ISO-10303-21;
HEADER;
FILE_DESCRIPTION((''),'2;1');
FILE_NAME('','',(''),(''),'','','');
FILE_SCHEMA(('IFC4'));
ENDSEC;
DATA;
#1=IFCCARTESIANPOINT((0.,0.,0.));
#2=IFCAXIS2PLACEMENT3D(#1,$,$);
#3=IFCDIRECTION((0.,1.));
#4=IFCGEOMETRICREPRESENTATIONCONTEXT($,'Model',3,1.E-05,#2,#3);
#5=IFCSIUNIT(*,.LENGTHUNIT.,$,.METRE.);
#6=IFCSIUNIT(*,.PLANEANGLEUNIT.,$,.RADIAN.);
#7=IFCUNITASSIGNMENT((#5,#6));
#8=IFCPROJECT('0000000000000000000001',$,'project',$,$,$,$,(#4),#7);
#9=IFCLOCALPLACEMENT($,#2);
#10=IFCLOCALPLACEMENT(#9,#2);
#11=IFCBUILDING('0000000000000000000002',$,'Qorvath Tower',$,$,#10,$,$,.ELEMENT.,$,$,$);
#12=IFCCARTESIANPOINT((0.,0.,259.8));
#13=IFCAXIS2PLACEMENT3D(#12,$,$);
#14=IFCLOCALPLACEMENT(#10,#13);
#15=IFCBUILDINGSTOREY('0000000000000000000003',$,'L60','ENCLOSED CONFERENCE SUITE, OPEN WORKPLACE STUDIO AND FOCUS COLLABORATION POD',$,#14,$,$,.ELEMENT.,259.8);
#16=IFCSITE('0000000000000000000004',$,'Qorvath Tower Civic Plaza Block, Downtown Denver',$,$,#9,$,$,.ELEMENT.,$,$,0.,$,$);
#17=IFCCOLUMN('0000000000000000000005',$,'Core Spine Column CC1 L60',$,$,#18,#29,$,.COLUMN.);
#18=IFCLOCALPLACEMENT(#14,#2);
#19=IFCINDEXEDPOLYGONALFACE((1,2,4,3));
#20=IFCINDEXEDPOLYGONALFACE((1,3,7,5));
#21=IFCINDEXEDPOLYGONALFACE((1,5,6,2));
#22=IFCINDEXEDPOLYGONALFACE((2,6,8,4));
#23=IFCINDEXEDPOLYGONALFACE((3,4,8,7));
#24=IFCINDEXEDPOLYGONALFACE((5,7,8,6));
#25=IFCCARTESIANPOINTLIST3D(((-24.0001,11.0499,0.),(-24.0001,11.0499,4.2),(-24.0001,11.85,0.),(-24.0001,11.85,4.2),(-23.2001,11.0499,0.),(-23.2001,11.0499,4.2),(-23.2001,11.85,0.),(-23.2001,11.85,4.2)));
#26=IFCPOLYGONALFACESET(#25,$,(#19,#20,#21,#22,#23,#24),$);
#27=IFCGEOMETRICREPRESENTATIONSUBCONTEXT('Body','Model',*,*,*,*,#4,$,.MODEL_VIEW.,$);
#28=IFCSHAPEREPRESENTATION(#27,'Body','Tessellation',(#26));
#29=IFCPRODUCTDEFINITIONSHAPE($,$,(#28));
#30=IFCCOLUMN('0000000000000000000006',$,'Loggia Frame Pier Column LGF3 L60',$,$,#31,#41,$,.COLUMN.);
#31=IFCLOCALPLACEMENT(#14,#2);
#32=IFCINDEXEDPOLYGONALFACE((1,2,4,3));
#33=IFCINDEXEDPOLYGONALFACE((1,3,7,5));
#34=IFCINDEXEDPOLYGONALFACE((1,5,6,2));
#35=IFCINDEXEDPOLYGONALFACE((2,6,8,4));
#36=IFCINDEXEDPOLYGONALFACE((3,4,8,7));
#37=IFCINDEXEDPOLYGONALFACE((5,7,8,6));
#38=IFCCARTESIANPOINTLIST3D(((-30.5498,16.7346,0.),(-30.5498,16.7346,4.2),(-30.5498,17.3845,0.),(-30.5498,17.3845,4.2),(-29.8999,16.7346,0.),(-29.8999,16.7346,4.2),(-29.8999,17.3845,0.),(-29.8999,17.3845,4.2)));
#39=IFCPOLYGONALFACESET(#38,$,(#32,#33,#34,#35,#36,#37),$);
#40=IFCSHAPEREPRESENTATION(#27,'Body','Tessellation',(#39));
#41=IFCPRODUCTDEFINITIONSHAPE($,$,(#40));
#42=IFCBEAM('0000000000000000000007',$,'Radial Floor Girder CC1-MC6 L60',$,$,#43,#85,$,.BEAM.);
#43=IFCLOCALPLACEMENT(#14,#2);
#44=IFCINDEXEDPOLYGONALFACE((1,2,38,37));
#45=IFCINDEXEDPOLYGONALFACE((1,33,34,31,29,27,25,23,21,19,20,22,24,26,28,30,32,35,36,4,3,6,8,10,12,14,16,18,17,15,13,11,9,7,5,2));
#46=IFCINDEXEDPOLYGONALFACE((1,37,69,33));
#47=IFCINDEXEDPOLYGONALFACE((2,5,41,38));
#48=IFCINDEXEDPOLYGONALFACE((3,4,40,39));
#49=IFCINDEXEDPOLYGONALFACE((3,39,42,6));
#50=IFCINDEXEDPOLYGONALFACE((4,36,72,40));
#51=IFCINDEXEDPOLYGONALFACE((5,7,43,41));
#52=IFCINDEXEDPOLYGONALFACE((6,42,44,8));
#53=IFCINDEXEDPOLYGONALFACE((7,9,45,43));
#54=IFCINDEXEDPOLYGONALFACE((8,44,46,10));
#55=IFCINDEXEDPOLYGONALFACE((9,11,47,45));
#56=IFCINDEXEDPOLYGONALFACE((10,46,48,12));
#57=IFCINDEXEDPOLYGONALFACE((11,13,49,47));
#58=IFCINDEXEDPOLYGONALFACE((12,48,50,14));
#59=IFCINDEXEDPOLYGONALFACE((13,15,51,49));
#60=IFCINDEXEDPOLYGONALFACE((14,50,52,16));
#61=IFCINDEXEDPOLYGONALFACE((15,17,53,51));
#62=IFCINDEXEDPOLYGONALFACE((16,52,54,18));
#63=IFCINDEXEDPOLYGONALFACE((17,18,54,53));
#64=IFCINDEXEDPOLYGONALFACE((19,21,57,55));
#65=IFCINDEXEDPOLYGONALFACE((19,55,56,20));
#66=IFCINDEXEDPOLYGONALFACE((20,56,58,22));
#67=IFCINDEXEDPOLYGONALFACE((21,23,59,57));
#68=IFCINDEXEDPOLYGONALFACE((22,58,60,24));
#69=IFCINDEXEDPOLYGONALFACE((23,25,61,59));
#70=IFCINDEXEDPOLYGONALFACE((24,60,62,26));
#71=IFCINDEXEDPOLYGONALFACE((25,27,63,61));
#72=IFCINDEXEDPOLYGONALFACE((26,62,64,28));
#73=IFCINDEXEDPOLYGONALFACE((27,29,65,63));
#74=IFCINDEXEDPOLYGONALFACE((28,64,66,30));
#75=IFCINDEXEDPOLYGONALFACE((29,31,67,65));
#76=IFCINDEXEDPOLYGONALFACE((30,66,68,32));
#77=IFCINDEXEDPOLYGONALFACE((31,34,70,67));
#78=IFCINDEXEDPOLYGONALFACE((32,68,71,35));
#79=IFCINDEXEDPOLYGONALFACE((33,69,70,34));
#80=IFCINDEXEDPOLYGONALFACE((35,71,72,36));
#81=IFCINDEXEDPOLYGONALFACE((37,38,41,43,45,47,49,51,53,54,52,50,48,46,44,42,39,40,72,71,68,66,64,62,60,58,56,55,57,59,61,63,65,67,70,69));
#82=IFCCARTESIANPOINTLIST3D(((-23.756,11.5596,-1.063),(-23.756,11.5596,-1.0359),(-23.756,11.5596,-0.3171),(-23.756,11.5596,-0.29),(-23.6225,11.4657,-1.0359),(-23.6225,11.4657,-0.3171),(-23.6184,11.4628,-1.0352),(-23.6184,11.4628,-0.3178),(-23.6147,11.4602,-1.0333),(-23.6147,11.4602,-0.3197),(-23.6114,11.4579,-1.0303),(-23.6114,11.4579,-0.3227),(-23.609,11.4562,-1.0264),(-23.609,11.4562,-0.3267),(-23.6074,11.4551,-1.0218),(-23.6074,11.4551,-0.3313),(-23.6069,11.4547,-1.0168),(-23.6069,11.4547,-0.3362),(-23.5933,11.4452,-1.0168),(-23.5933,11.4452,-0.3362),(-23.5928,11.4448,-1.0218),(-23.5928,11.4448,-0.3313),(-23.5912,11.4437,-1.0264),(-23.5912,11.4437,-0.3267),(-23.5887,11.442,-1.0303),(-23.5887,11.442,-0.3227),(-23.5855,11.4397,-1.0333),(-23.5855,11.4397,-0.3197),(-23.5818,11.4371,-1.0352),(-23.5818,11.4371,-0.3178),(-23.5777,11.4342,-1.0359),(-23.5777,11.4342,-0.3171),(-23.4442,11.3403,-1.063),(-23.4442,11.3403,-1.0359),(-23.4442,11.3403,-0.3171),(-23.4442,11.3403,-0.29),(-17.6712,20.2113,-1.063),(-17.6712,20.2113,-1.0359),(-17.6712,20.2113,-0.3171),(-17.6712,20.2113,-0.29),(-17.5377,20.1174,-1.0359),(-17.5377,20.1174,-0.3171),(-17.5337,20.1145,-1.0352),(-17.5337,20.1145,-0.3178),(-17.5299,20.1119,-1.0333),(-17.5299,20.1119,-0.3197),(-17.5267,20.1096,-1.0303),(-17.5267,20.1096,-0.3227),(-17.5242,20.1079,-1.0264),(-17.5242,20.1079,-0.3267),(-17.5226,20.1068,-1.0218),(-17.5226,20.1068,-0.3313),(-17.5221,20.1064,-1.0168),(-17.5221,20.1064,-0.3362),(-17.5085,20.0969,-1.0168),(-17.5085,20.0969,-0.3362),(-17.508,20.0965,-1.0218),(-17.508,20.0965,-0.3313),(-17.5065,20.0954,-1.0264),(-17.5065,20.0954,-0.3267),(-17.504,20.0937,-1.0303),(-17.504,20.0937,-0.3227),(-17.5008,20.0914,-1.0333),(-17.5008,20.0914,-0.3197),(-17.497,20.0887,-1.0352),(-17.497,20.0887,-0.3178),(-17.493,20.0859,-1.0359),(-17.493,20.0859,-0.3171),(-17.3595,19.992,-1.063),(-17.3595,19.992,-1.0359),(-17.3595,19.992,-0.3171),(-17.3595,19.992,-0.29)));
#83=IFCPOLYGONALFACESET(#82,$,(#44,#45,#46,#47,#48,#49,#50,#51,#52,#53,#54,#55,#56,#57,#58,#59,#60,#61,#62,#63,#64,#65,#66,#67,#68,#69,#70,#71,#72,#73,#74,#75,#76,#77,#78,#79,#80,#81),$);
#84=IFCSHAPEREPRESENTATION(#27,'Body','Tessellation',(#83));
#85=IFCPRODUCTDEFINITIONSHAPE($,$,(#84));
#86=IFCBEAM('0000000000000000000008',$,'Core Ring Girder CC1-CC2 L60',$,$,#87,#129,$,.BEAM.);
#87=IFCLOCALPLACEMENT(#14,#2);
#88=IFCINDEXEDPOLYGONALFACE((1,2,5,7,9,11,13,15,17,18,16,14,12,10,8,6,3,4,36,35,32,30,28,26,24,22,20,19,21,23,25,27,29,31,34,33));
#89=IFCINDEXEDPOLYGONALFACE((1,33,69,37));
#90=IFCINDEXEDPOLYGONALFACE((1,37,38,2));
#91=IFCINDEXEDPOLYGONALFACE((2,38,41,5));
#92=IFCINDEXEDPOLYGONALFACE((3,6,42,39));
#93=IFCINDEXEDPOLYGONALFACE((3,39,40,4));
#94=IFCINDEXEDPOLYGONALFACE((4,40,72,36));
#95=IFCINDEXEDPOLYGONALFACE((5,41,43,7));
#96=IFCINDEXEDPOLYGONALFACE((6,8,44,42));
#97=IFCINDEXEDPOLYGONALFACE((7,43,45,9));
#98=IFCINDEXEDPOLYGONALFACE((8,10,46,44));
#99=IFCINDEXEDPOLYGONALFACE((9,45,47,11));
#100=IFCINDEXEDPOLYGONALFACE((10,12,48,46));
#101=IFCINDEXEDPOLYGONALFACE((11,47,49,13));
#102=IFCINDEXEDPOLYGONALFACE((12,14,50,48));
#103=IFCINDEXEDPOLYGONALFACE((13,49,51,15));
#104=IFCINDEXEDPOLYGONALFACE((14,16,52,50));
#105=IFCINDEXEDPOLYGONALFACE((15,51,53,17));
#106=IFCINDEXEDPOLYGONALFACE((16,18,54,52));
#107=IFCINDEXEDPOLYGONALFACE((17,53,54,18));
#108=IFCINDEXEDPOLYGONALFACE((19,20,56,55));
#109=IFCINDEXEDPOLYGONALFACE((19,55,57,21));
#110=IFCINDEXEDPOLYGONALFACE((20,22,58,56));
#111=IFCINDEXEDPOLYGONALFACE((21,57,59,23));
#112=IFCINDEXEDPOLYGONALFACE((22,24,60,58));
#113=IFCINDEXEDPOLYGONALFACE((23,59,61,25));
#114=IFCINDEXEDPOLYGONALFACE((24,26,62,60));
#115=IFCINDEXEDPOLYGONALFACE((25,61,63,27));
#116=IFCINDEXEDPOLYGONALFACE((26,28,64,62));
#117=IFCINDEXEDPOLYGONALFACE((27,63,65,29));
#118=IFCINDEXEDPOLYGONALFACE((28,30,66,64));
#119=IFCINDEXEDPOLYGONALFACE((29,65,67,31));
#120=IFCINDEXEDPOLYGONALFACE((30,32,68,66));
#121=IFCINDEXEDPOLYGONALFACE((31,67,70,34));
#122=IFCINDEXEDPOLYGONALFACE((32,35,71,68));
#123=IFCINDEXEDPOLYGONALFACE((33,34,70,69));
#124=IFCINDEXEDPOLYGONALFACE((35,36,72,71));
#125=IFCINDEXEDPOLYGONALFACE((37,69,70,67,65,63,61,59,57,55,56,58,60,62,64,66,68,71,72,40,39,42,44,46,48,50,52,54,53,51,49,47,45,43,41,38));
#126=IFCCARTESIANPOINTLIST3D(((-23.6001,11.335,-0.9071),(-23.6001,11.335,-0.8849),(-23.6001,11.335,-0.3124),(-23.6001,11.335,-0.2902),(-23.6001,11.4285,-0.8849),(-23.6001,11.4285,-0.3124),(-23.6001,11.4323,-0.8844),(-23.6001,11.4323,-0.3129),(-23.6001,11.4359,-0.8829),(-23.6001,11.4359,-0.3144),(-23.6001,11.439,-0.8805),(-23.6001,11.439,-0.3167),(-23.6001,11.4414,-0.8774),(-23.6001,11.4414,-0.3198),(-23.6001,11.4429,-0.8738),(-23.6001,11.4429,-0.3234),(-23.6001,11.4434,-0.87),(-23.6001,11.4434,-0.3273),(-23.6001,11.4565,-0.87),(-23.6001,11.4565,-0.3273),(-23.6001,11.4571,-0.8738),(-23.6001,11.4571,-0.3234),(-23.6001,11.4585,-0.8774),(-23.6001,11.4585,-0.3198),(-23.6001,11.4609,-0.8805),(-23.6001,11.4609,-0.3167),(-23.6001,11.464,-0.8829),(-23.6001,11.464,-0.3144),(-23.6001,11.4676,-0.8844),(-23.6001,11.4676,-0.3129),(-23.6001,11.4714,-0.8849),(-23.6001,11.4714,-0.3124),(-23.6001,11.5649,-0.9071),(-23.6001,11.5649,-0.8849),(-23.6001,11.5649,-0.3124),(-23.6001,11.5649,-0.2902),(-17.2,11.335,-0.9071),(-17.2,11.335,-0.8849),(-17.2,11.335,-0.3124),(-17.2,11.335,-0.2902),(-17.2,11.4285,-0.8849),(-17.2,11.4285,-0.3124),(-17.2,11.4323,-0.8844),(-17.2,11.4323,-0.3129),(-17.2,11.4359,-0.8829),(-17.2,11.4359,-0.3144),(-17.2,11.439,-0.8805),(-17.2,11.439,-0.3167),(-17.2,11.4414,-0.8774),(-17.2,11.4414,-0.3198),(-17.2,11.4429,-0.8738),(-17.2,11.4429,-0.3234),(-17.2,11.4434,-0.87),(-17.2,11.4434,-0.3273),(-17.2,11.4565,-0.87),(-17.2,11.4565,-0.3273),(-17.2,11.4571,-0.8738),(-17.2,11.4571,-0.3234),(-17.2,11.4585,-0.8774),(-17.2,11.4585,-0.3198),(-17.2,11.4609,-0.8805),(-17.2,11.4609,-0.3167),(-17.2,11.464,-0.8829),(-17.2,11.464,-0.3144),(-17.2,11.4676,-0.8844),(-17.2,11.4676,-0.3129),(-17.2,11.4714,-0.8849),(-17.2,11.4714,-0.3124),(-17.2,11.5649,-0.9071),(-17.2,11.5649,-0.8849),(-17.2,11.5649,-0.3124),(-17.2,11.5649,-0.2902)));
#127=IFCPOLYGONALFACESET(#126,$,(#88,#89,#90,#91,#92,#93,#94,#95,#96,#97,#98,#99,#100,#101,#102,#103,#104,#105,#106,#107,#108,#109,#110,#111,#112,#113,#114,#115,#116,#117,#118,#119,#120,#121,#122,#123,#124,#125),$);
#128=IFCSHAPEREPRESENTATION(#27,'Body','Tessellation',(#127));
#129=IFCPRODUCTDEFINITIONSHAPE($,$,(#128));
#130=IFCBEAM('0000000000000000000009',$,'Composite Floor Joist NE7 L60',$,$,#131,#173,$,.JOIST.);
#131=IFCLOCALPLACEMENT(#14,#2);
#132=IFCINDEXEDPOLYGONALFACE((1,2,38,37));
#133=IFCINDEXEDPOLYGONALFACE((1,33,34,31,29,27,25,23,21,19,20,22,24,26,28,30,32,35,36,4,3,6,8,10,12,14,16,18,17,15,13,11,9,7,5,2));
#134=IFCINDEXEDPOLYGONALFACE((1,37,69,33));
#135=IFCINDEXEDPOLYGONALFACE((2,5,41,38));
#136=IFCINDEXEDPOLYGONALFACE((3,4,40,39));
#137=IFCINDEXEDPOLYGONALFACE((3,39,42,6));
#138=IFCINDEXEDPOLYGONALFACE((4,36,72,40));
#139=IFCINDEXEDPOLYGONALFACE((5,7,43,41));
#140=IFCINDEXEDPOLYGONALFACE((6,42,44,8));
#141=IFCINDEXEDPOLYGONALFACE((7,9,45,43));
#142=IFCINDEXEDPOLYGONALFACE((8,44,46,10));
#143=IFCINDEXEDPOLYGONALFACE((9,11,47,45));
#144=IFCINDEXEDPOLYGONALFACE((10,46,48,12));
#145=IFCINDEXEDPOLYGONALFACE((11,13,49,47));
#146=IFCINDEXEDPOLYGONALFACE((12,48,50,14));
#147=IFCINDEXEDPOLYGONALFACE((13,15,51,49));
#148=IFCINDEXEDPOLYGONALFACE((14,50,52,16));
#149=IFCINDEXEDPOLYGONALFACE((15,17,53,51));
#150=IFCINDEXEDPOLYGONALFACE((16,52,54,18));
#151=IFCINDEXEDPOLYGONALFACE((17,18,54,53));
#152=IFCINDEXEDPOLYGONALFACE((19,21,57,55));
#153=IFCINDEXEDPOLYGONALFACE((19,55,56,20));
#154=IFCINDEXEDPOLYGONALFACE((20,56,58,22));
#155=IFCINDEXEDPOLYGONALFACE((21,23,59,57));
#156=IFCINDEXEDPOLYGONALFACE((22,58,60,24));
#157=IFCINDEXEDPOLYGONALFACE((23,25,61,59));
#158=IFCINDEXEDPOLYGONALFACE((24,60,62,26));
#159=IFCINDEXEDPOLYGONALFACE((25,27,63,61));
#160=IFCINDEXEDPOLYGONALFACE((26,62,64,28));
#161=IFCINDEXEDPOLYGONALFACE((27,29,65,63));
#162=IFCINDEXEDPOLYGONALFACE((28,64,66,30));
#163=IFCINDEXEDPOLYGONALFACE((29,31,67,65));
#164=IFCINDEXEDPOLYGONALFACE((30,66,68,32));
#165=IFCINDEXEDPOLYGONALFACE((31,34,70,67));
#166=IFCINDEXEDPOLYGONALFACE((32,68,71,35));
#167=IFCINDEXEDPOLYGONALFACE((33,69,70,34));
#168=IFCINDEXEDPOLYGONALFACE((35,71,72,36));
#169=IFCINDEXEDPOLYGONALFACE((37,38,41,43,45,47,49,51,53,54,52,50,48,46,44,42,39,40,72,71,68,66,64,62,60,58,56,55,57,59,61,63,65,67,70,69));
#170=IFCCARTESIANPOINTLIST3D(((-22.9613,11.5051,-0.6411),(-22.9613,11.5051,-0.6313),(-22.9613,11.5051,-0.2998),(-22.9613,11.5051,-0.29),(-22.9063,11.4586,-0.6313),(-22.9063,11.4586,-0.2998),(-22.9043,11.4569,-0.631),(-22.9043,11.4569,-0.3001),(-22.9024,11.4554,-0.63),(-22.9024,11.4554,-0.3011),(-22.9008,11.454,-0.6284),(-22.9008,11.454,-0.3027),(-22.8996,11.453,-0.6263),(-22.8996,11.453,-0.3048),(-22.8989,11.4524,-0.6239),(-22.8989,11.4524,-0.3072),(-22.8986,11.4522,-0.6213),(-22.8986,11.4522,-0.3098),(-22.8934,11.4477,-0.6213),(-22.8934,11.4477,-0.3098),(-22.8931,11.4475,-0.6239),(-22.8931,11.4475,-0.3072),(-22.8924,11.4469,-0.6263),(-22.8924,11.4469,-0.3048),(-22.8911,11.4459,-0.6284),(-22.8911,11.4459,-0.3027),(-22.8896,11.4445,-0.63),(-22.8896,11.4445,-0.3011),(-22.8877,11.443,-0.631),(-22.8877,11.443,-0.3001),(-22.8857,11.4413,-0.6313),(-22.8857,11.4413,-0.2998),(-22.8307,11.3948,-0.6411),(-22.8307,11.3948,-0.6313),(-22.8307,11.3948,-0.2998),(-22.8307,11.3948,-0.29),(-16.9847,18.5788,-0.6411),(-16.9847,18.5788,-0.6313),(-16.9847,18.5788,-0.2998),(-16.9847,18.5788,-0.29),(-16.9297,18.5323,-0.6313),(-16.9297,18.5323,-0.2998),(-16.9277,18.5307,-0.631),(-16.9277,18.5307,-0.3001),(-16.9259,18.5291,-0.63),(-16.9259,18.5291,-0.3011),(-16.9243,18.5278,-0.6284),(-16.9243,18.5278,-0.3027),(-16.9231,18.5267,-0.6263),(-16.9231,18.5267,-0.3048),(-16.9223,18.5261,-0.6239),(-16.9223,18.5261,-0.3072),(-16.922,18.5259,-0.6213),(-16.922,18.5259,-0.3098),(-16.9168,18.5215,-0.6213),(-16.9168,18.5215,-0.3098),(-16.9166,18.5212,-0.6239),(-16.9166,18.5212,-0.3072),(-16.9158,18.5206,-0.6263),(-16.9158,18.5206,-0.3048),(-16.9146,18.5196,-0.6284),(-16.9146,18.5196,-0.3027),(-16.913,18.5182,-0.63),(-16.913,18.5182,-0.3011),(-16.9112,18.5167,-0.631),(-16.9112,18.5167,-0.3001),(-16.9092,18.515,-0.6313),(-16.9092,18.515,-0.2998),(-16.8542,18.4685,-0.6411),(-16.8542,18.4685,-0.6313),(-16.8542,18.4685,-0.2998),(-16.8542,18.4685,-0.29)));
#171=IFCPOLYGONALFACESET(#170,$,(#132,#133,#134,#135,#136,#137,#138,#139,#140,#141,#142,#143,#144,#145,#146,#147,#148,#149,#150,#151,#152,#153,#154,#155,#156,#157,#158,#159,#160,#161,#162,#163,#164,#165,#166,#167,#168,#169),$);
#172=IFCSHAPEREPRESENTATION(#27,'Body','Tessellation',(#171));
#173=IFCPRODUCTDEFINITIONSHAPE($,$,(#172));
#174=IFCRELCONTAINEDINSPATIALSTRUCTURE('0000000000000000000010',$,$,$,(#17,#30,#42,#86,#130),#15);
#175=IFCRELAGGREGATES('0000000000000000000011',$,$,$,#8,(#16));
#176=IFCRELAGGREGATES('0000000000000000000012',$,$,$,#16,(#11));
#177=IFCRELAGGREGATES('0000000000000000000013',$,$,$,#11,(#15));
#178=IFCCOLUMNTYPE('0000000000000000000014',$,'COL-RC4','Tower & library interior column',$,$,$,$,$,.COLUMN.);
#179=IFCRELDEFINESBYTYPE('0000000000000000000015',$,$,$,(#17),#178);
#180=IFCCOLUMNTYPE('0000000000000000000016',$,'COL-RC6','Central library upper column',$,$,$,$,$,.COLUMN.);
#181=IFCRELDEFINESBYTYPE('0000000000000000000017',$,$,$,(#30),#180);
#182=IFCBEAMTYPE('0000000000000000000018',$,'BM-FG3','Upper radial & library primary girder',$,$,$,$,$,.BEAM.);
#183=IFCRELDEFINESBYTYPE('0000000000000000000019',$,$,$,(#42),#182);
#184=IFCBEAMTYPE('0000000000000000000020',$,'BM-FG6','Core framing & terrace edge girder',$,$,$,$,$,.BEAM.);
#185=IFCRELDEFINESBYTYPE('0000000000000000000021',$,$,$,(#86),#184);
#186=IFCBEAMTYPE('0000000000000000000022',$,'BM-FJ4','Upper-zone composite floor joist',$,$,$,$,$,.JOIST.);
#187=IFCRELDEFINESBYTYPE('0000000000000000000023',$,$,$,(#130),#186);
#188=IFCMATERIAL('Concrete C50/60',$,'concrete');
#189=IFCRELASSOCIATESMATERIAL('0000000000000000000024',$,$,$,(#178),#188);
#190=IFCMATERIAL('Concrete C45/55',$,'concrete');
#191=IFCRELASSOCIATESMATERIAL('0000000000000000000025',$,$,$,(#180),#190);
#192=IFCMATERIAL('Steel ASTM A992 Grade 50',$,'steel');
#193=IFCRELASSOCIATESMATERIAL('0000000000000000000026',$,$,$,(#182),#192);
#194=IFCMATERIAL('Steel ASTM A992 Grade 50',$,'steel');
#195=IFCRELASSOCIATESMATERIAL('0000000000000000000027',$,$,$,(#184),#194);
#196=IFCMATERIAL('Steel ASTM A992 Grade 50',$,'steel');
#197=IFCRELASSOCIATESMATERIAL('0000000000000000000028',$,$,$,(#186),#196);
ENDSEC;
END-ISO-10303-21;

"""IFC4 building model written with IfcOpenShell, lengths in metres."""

from ifc_helpers import new_model, si_unit, direction, frame, origin, origin_2d, place, context, subcontext, project, spatial, rectangle, i_section, extrude, material, material_profile, profile_set, type_object, element, save


model = new_model("IFC4")

# Units and contexts
model_context = context("Model", 3, precision=1e-05, world=origin(), true_north=direction((0.0, 1.0)))
body_context = subcontext(model_context, "Body", "Model", "MODEL_VIEW")
ifc_project = project(units=[si_unit("LENGTHUNIT", "METRE"), si_unit("PLANEANGLEUNIT", "RADIAN")], contexts=[model_context])

# Site, building, storey
site_placement = place(None, origin())
site = spatial("IfcSite", under=ifc_project, at=site_placement, Name="Qorvath Tower Civic Plaza Block, Downtown Denver", CompositionType="ELEMENT", RefElevation=0.0)
building_placement = place(site_placement, origin())
building = spatial("IfcBuilding", under=site, at=building_placement, Name="Qorvath Tower", CompositionType="ELEMENT")
storey_placement = place(building_placement, frame((0.0, 0.0, 259.8)))
storey = spatial("IfcBuildingStorey", under=building, at=storey_placement, Name="L60", Description="ENCLOSED CONFERENCE SUITE, OPEN WORKPLACE STUDIO AND FOCUS COLLABORATION POD", CompositionType="ELEMENT", Elevation=259.8)

# Columns
ifc_material_1 = material(Name="Concrete C50/60", Category="concrete")
ifc_material_profile_1 = material_profile(ifc_material_1, rectangle(XDim=0.8, YDim=0.8, at=origin_2d()), Name="RC 800x800")
ifc_profile_set_1 = profile_set([ifc_material_profile_1], Name="Concrete C50/60")
column_type_1 = type_object("IfcColumnType", Name="COL-RC4", Description="Tower & library interior column", PredefinedType="COLUMN", material=ifc_profile_set_1)
column_1_placement = place(storey_placement, frame((-23.6001, 11.45, 0.0), z_axis=(0.0, 0.0, 1.0), x_axis=(1.0, 0.0, 0.0)))
element("IfcColumn", 1, at=column_1_placement, inside=storey, type_object=column_type_1, Name="Core Spine Column CC1 L60", PredefinedType="COLUMN", context=body_context, shape_type="SweptSolid", body=[
    extrude(rectangle(XDim=0.8, YDim=0.8, at=origin_2d()), origin(), (0.0, 0.0, 1.0), 4.2),
])
ifc_material_2 = material(Name="Concrete C45/55", Category="concrete")
ifc_material_profile_2 = material_profile(ifc_material_2, rectangle(XDim=0.6499, YDim=0.6499, at=origin_2d()), Name="RC 650x650")
ifc_profile_set_2 = profile_set([ifc_material_profile_2], Name="Concrete C45/55")
column_type_2 = type_object("IfcColumnType", Name="COL-RC6", Description="Central library upper column", PredefinedType="COLUMN", material=ifc_profile_set_2)
column_2_placement = place(storey_placement, frame((-30.2249, 17.0596, 0.0), z_axis=(0.0, 0.0, 1.0), x_axis=(1.0, 0.0, 0.0)))
element("IfcColumn", 2, at=column_2_placement, inside=storey, type_object=column_type_2, Name="Loggia Frame Pier Column LGF3 L60", PredefinedType="COLUMN", context=body_context, shape_type="SweptSolid", body=[
    extrude(rectangle(XDim=0.6499, YDim=0.6499, at=origin_2d()), origin(), (0.0, 0.0, 1.0), 4.2),
])

# Beams
ifc_material_3 = material(Name="Steel ASTM A992 Grade 50", Category="steel")
ifc_material_profile_3 = material_profile(ifc_material_3, i_section(OverallWidth=0.3811, OverallDepth=0.7729, WebThickness=0.0166, FlangeThickness=0.0271, FilletRadius=0.019, at=origin_2d()), Name="W30x173")
ifc_profile_set_3 = profile_set([ifc_material_profile_3], Name="Steel ASTM A992 Grade 50")
beam_type_1 = type_object("IfcBeamType", Name="BM-FG3", Description="Upper radial & library primary girder", PredefinedType="BEAM", material=ifc_profile_set_3)
beam_1_placement = place(storey_placement, frame((-23.6001, 11.45, -0.6765), z_axis=(0.575275, 0.81796, 0.0), x_axis=(-0.81796, 0.575275, 0.0)))
element("IfcBeam", 3, at=beam_1_placement, inside=storey, type_object=beam_type_1, Name="Radial Floor Girder CC1-MC6 L60", PredefinedType="BEAM", context=body_context, shape_type="SweptSolid", body=[
    extrude(i_section(OverallWidth=0.3811, OverallDepth=0.7729, WebThickness=0.0166, FlangeThickness=0.0271, FilletRadius=0.019, at=origin_2d()), origin(), (0.0, 0.0, 1.0), 10.5771),
])
ifc_material_4 = material(Name="Steel ASTM A992 Grade 50", Category="steel")
ifc_material_profile_4 = material_profile(ifc_material_4, i_section(OverallWidth=0.23, OverallDepth=0.6169, WebThickness=0.0132, FlangeThickness=0.0222, FilletRadius=0.0149, at=origin_2d()), Name="W24x94")
ifc_profile_set_4 = profile_set([ifc_material_profile_4], Name="Steel ASTM A992 Grade 50")
beam_type_2 = type_object("IfcBeamType", Name="BM-FG6", Description="Core framing & terrace edge girder", PredefinedType="BEAM", material=ifc_profile_set_4)
beam_2_placement = place(storey_placement, frame((-23.6001, 11.45, -0.5986), z_axis=(1.0, 0.0, 0.0), x_axis=(0.0, 1.0, 0.0)))
element("IfcBeam", 4, at=beam_2_placement, inside=storey, type_object=beam_type_2, Name="Core Ring Girder CC1-CC2 L60", PredefinedType="BEAM", context=body_context, shape_type="SweptSolid", body=[
    extrude(i_section(OverallWidth=0.23, OverallDepth=0.6169, WebThickness=0.0132, FlangeThickness=0.0222, FilletRadius=0.0149, at=origin_2d()), origin(), (0.0, 0.0, 1.0), 6.4001),
])
ifc_material_5 = material(Name="Steel ASTM A992 Grade 50", Category="steel")
ifc_material_profile_5 = material_profile(ifc_material_5, i_section(OverallWidth=0.1709, OverallDepth=0.3511, WebThickness=0.0068, FlangeThickness=0.0098, FilletRadius=0.01, at=origin_2d()), Name="W14x30")
ifc_profile_set_5 = profile_set([ifc_material_profile_5], Name="Steel ASTM A992 Grade 50")
beam_type_3 = type_object("IfcBeamType", Name="BM-FJ4", Description="Upper-zone composite floor joist", PredefinedType="JOIST", material=ifc_profile_set_5)
beam_3_placement = place(storey_placement, frame((-22.896, 11.45, -0.4656), z_axis=(0.645382, 0.76386, 0.0), x_axis=(-0.76386, 0.645382, 0.0)))
element("IfcBeam", 5, at=beam_3_placement, inside=storey, type_object=beam_type_3, Name="Composite Floor Joist NE7 L60", PredefinedType="JOIST", context=body_context, shape_type="SweptSolid", body=[
    extrude(i_section(OverallWidth=0.1709, OverallDepth=0.3511, WebThickness=0.0068, FlangeThickness=0.0098, FilletRadius=0.01, at=origin_2d()), origin(), (0.0, 0.0, 1.0), 9.2605),
])

save(model, "model.ifc")
